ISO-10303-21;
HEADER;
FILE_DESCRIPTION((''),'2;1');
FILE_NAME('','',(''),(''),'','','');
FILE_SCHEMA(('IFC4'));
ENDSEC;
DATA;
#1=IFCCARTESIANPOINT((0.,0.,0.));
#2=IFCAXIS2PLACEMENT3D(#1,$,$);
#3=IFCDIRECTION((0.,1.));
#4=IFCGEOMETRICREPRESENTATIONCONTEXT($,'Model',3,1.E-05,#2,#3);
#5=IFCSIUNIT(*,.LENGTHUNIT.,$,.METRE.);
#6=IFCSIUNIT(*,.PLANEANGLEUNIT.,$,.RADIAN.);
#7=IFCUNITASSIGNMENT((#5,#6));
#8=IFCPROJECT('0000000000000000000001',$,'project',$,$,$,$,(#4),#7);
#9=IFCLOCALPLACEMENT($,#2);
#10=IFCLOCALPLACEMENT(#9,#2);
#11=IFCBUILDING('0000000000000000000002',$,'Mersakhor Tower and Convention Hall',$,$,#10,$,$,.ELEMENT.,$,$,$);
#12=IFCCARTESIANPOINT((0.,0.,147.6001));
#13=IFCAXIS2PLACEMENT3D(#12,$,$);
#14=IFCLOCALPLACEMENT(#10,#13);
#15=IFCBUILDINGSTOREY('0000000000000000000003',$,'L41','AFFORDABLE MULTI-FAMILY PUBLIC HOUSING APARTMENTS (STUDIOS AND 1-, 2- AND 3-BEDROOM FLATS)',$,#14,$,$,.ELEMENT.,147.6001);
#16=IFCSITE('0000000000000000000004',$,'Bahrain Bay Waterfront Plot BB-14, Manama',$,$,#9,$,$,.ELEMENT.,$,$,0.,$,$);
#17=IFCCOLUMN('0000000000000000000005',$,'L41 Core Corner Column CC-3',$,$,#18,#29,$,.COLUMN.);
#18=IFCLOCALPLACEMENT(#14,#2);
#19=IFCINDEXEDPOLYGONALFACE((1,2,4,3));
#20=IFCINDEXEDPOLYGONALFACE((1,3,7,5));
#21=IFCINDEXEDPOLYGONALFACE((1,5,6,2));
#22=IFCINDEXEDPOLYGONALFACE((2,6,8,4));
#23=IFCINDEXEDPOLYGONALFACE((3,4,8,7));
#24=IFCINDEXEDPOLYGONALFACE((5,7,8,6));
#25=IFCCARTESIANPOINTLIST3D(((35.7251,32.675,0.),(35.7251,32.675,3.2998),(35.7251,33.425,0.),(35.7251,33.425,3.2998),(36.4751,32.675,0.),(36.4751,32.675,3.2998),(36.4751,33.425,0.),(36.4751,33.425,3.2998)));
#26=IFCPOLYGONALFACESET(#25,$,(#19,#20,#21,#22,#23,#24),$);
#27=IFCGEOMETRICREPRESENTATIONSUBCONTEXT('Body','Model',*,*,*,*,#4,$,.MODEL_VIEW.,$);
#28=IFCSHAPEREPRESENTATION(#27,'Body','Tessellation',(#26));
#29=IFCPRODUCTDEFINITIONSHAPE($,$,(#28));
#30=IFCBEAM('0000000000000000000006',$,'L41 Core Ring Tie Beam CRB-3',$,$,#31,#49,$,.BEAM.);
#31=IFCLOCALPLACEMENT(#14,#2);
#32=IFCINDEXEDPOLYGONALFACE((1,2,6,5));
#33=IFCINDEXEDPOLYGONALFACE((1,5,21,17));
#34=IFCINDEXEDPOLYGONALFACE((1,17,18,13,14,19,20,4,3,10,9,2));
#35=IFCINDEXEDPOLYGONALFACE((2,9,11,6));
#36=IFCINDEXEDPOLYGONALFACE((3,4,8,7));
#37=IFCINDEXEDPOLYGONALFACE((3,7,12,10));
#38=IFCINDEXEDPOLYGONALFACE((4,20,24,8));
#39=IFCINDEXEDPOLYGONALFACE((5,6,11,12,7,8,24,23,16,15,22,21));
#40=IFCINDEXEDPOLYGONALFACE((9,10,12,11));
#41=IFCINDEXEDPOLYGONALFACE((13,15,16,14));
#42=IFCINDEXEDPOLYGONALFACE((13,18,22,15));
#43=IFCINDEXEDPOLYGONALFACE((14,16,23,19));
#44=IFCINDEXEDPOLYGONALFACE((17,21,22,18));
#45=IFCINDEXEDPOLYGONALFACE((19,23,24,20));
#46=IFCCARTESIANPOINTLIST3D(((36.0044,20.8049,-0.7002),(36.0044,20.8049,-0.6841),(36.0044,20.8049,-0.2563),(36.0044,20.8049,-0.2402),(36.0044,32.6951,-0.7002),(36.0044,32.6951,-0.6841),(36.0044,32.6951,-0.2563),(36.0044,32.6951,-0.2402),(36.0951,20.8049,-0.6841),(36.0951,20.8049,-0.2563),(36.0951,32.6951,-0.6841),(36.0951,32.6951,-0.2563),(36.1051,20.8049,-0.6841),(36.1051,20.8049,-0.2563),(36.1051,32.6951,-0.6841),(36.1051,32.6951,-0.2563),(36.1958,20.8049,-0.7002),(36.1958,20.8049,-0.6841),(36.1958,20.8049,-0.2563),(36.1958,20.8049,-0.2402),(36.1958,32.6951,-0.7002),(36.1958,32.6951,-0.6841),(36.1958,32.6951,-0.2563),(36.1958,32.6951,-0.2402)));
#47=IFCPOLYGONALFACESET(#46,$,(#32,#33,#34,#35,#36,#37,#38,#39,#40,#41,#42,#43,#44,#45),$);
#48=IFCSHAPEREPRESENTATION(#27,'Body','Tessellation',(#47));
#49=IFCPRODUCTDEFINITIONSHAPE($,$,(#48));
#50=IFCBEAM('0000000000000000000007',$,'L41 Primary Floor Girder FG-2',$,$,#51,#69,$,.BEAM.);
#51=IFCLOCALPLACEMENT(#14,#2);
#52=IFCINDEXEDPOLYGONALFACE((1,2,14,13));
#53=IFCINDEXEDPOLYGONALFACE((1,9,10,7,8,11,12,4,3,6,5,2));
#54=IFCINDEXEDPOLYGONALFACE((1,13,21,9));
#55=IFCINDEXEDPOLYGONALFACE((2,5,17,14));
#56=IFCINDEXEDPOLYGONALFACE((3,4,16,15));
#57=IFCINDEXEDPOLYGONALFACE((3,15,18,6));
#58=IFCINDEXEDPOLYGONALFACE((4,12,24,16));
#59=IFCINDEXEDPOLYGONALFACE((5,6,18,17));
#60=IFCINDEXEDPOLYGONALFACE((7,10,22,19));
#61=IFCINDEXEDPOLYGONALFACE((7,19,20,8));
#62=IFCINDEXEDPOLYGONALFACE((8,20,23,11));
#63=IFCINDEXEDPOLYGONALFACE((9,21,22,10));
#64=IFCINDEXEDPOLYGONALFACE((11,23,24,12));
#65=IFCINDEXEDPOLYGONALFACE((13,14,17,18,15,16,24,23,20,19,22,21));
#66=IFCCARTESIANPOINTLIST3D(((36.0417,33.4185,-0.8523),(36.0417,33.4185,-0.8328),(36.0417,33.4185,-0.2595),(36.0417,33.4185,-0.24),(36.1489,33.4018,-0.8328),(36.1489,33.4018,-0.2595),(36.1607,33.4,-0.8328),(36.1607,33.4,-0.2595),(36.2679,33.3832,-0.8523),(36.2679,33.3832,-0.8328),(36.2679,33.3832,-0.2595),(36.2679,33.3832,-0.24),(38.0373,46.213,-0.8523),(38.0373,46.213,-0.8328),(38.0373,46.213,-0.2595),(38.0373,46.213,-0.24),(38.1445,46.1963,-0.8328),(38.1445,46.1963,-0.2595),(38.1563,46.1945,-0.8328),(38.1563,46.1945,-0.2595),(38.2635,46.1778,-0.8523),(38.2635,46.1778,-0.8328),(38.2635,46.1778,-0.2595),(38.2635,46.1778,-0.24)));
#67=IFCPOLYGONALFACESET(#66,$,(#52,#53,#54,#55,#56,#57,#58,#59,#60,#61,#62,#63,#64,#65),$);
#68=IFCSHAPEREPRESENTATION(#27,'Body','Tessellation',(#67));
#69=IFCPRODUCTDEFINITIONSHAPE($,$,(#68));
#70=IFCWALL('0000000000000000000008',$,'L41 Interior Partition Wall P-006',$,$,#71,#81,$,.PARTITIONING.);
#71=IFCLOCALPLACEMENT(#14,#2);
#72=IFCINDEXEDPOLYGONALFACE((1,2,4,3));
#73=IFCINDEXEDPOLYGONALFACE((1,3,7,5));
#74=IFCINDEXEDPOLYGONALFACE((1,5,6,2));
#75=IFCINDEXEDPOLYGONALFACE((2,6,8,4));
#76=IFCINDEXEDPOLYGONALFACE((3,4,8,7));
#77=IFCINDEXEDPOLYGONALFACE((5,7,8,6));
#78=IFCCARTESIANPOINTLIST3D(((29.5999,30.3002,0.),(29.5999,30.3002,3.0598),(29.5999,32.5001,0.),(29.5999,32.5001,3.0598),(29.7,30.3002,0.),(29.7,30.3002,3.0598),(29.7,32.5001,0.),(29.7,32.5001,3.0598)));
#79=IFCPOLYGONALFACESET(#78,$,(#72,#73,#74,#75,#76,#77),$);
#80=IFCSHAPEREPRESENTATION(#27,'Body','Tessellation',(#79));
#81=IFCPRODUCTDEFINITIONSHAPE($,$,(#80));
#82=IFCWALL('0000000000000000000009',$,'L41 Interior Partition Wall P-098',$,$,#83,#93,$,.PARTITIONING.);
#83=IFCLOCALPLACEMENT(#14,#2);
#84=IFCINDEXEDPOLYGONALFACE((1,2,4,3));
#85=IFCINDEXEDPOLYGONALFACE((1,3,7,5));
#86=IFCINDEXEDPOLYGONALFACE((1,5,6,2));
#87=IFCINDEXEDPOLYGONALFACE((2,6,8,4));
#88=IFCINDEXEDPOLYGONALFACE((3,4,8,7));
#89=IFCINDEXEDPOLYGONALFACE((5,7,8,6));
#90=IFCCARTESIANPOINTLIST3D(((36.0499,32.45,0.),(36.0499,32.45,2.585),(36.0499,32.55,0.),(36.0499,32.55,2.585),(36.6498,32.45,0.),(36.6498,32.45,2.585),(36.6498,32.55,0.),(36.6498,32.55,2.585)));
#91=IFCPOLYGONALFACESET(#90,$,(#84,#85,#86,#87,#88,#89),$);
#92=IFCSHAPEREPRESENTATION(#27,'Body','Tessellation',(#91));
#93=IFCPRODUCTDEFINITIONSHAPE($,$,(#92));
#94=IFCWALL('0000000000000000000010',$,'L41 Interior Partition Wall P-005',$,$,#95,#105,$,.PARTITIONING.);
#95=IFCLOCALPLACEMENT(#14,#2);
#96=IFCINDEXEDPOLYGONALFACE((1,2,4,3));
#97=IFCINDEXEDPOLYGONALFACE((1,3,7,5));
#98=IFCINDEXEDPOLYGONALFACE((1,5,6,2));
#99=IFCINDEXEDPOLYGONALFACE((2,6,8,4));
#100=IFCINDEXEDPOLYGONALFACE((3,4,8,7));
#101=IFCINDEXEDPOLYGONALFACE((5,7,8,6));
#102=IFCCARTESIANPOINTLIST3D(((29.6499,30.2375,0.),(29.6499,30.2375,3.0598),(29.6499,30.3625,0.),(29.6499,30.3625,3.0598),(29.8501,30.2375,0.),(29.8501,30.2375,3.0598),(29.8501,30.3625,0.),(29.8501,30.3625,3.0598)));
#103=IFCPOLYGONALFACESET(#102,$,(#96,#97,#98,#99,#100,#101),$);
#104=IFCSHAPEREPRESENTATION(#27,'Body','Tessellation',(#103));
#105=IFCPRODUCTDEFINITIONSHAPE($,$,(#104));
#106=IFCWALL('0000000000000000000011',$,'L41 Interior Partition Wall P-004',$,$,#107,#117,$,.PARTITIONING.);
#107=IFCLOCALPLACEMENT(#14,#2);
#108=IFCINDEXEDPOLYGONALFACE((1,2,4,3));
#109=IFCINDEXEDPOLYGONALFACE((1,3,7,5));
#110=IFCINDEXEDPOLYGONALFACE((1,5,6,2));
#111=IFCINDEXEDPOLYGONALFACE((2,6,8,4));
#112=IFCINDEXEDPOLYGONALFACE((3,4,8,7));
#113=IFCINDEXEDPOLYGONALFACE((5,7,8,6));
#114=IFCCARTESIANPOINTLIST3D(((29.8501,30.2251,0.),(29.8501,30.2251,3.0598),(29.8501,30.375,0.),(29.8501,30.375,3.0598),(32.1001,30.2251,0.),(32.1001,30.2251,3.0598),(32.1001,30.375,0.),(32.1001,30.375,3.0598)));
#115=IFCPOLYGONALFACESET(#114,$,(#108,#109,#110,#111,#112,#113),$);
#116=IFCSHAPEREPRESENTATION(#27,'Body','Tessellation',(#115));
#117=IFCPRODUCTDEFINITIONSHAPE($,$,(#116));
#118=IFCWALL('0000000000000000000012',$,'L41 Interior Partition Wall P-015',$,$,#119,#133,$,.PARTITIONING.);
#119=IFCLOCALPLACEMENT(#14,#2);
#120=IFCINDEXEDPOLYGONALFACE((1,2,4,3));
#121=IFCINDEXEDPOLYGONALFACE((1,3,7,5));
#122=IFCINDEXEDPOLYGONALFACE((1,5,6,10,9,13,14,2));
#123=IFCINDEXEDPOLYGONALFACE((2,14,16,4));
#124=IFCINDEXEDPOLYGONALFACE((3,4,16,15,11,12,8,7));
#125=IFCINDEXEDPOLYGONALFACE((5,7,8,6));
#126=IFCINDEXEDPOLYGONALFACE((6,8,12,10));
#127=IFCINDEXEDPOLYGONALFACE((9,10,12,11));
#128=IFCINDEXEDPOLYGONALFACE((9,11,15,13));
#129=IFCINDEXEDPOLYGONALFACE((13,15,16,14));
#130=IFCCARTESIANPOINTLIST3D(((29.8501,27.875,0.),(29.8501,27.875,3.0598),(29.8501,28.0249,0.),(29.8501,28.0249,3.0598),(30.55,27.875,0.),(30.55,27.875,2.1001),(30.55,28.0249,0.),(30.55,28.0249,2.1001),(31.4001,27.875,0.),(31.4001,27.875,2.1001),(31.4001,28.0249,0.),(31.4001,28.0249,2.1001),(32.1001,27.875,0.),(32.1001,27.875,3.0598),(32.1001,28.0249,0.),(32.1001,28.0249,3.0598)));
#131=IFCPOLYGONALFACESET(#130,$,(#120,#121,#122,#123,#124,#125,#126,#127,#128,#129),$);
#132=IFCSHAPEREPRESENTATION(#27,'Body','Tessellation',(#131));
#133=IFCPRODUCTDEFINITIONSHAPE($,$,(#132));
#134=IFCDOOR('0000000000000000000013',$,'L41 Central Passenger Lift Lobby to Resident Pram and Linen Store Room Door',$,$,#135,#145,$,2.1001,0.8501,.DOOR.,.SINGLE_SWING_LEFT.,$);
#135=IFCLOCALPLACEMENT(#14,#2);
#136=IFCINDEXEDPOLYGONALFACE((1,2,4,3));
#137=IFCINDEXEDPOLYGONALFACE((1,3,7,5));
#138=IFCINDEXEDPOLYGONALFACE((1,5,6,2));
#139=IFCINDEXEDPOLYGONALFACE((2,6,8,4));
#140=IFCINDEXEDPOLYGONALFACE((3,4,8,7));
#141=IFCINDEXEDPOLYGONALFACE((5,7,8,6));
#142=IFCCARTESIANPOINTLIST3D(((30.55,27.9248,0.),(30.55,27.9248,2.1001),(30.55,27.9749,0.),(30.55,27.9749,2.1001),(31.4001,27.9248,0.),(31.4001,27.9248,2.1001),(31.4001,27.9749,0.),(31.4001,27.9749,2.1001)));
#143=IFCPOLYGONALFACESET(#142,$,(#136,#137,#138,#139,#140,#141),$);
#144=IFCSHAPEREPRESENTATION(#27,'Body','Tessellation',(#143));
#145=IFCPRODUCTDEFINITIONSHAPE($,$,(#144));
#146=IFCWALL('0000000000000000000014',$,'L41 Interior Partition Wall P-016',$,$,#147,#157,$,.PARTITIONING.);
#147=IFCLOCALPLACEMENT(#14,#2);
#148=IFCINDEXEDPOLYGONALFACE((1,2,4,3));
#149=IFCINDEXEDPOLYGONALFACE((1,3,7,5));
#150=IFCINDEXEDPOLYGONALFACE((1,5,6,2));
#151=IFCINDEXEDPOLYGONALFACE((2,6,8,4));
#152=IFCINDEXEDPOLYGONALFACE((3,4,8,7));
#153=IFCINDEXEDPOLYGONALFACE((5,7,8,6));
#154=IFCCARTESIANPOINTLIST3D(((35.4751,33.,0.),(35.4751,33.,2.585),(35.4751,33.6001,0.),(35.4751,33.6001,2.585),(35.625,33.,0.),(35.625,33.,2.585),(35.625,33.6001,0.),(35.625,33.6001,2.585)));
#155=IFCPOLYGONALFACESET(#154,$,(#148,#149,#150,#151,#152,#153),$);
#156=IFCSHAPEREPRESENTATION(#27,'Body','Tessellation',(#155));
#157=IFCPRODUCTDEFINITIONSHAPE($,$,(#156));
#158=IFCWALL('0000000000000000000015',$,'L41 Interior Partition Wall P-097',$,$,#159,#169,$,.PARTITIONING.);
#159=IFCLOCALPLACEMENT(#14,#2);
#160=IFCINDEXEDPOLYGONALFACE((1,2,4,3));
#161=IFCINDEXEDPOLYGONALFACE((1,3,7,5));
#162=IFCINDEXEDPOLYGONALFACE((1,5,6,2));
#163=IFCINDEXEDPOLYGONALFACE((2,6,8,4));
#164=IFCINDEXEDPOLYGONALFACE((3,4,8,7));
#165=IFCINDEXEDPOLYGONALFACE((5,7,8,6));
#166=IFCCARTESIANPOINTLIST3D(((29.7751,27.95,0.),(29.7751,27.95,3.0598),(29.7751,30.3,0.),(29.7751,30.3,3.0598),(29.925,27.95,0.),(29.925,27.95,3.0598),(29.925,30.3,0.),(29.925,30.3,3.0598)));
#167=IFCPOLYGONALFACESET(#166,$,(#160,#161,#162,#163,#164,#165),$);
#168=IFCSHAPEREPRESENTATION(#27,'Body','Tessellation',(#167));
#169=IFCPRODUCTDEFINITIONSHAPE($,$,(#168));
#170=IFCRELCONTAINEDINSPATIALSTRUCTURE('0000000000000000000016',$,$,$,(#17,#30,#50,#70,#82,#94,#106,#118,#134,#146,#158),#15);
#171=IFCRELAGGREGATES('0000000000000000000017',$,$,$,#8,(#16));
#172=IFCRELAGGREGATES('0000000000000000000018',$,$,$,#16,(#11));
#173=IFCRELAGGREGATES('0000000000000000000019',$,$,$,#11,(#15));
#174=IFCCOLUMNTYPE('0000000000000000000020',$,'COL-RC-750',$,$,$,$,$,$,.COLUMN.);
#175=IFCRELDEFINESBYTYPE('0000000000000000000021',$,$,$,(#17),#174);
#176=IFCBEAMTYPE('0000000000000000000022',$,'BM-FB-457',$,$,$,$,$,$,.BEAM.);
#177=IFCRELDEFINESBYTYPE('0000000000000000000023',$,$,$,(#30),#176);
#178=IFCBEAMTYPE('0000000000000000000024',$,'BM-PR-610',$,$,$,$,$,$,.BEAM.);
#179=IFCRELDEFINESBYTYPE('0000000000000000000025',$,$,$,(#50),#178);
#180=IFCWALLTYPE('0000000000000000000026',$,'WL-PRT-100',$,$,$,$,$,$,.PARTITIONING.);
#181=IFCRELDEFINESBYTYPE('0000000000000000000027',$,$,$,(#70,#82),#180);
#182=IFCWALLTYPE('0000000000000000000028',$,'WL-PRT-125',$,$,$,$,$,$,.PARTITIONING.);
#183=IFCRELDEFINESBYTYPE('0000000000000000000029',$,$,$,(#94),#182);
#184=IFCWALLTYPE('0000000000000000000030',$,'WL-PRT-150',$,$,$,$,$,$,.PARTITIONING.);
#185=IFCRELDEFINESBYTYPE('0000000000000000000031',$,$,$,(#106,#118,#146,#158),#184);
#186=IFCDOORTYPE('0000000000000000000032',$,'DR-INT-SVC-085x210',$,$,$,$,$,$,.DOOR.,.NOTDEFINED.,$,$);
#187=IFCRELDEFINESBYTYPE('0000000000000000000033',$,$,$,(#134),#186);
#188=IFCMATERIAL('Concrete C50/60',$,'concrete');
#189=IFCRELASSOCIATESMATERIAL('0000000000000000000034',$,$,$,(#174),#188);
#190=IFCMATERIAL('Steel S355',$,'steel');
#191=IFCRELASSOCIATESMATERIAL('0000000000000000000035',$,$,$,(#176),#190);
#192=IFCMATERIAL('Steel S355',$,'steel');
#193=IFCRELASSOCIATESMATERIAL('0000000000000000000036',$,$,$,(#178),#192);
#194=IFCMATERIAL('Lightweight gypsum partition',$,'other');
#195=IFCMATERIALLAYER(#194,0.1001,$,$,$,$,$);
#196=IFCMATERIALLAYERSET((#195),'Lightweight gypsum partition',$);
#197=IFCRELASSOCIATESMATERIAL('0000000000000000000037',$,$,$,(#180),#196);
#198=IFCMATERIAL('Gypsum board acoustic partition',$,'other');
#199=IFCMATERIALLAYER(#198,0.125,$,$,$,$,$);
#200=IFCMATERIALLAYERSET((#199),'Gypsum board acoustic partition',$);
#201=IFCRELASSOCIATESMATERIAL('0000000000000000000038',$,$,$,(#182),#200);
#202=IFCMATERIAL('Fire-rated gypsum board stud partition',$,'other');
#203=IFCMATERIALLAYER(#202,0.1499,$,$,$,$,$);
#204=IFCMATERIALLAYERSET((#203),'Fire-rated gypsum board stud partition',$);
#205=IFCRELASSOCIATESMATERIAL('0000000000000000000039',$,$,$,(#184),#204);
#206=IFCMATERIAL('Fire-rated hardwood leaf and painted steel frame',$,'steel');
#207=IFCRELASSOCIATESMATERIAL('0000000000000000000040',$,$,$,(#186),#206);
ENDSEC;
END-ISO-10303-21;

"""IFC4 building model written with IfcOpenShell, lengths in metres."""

from ifc_helpers import new_model, si_unit, direction, frame, frame_2d, origin, origin_2d, place, context, subcontext, project, spatial, rectangle, i_section, extrude, material, layer, layer_set, material_profile, profile_set, type_object, element, fill, save


model = new_model("IFC4")

# Units and contexts
model_context = context("Model", 3, precision=1e-05, world=origin(), true_north=direction((0.0, 1.0)))
body_context = subcontext(model_context, "Body", "Model", "MODEL_VIEW")
ifc_project = project(units=[si_unit("LENGTHUNIT", "METRE"), si_unit("PLANEANGLEUNIT", "RADIAN")], contexts=[model_context])

# Site, building, storey
site_placement = place(None, origin())
site = spatial("IfcSite", under=ifc_project, at=site_placement, Name="Bahrain Bay Waterfront Plot BB-14, Manama", CompositionType="ELEMENT", RefElevation=0.0)
building_placement = place(site_placement, origin())
building = spatial("IfcBuilding", under=site, at=building_placement, Name="Mersakhor Tower and Convention Hall", CompositionType="ELEMENT")
storey_placement = place(building_placement, frame((0.0, 0.0, 147.6001)))
storey = spatial("IfcBuildingStorey", under=building, at=storey_placement, Name="L41", Description="AFFORDABLE MULTI-FAMILY PUBLIC HOUSING APARTMENTS (STUDIOS AND 1-, 2- AND 3-BEDROOM FLATS)", CompositionType="ELEMENT", Elevation=147.6001)

# Column
ifc_material_1 = material(Name="Concrete C50/60", Category="concrete")
ifc_material_profile_1 = material_profile(ifc_material_1, rectangle(XDim=0.75, YDim=0.75, at=origin_2d()), Name="RC 750x750")
ifc_profile_set_1 = profile_set([ifc_material_profile_1], Name="Concrete C50/60")
column_type = type_object("IfcColumnType", Name="COL-RC-750", PredefinedType="COLUMN", material=ifc_profile_set_1)
column_placement = place(storey_placement, frame((36.1001, 33.05, 0.0), z_axis=(0.0, 0.0, 1.0), x_axis=(1.0, 0.0, 0.0)))
element("IfcColumn", 1, at=column_placement, inside=storey, type_object=column_type, Name="L41 Core Corner Column CC-3", PredefinedType="COLUMN", context=body_context, shape_type="SweptSolid", body=[
    extrude(rectangle(XDim=0.75, YDim=0.75, at=origin_2d()), origin(), (0.0, 0.0, 1.0), 3.2998),
])

# Beams
ifc_material_2 = material(Name="Steel S355", Category="steel")
ifc_material_profile_2 = material_profile(ifc_material_2, i_section(OverallWidth=0.1914, OverallDepth=0.46, WebThickness=0.01, FlangeThickness=0.0161, at=origin_2d()), Name="UB 457x191x82")
ifc_profile_set_2 = profile_set([ifc_material_profile_2], Name="Steel S355")
beam_type_1 = type_object("IfcBeamType", Name="BM-FB-457", PredefinedType="BEAM", material=ifc_profile_set_2)
beam_1_placement = place(storey_placement, frame((36.1001, 32.6951, -0.4702), z_axis=(0.0, -1.0, 0.0), x_axis=(1.0, 0.0, 0.0)))
element("IfcBeam", 2, at=beam_1_placement, inside=storey, type_object=beam_type_1, Name="L41 Core Ring Tie Beam CRB-3", PredefinedType="BEAM", context=body_context, shape_type="SweptSolid", body=[
    extrude(i_section(OverallWidth=0.1914, OverallDepth=0.46, WebThickness=0.01, FlangeThickness=0.0161, at=origin_2d()), origin(), (0.0, 0.0, 1.0), 11.8901),
])
ifc_material_3 = material(Name="Steel S355", Category="steel")
ifc_material_profile_3 = material_profile(ifc_material_3, i_section(OverallWidth=0.229, OverallDepth=0.6123, WebThickness=0.012, FlangeThickness=0.0195, at=origin_2d()), Name="UB 610x229x125")
ifc_profile_set_3 = profile_set([ifc_material_profile_3], Name="Steel S355")
beam_type_2 = type_object("IfcBeamType", Name="BM-PR-610", PredefinedType="BEAM", material=ifc_profile_set_3)
beam_2_placement = place(storey_placement, frame((36.1548, 33.4009, -0.5461), z_axis=(0.154111, 0.988054, 0.0), x_axis=(-0.988054, 0.154111, 0.0)))
element("IfcBeam", 3, at=beam_2_placement, inside=storey, type_object=beam_type_2, Name="L41 Primary Floor Girder FG-2", PredefinedType="BEAM", context=body_context, shape_type="SweptSolid", body=[
    extrude(i_section(OverallWidth=0.229, OverallDepth=0.6123, WebThickness=0.012, FlangeThickness=0.0195, at=origin_2d()), origin(), (0.0, 0.0, 1.0), 12.9492),
])

# Walls
ifc_material_4 = material(Name="Lightweight gypsum partition", Category="other")
ifc_layer_1 = layer(ifc_material_4, 0.1001)
ifc_layer_set_1 = layer_set([ifc_layer_1], Name="Lightweight gypsum partition")
wall_type_1 = type_object("IfcWallType", Name="WL-PRT-100", PredefinedType="PARTITIONING", material=ifc_layer_set_1)
wall_1_placement = place(storey_placement, frame((29.6499, 30.3, 0.0), z_axis=(0.0, 0.0, 1.0), x_axis=(0.0, 1.0, 0.0)))
element("IfcWall", 4, at=wall_1_placement, inside=storey, type_object=wall_type_1, Name="L41 Interior Partition Wall P-006", PredefinedType="PARTITIONING", context=body_context, shape_type="SweptSolid", body=[
    extrude(rectangle(XDim=2.2, YDim=0.1001, at=frame_2d((1.1001, 0.0))), origin(), (0.0, 0.0, 1.0), 3.0598),
])
wall_2_placement = place(storey_placement, frame((36.05, 32.5, 0.0), z_axis=(0.0, 0.0, 1.0), x_axis=(1.0, 0.0, 0.0)))
element("IfcWall", 5, at=wall_2_placement, inside=storey, type_object=wall_type_1, Name="L41 Interior Partition Wall P-098", PredefinedType="PARTITIONING", context=body_context, shape_type="SweptSolid", body=[
    extrude(rectangle(XDim=0.5999, YDim=0.1001, at=frame_2d((0.2998, 0.0))), origin(), (0.0, 0.0, 1.0), 2.585),
])
ifc_material_5 = material(Name="Gypsum board acoustic partition", Category="other")
ifc_layer_2 = layer(ifc_material_5, 0.125)
ifc_layer_set_2 = layer_set([ifc_layer_2], Name="Gypsum board acoustic partition")
wall_type_2 = type_object("IfcWallType", Name="WL-PRT-125", PredefinedType="PARTITIONING", material=ifc_layer_set_2)
wall_3_placement = place(storey_placement, frame((29.8501, 30.3, 0.0), z_axis=(0.0, 0.0, 1.0), x_axis=(-1.0, 0.0, 0.0)))
element("IfcWall", 6, at=wall_3_placement, inside=storey, type_object=wall_type_2, Name="L41 Interior Partition Wall P-005", PredefinedType="PARTITIONING", context=body_context, shape_type="SweptSolid", body=[
    extrude(rectangle(XDim=0.2002, YDim=0.125, at=frame_2d((0.1001, 0.0))), origin(), (0.0, 0.0, 1.0), 3.0598),
])
ifc_material_6 = material(Name="Fire-rated gypsum board stud partition", Category="other")
ifc_layer_3 = layer(ifc_material_6, 0.1499)
ifc_layer_set_3 = layer_set([ifc_layer_3], Name="Fire-rated gypsum board stud partition")
wall_type_3 = type_object("IfcWallType", Name="WL-PRT-150", PredefinedType="PARTITIONING", material=ifc_layer_set_3)
wall_4_placement = place(storey_placement, frame((32.1001, 30.3, 0.0), z_axis=(0.0, 0.0, 1.0), x_axis=(-1.0, 0.0, 0.0)))
element("IfcWall", 7, at=wall_4_placement, inside=storey, type_object=wall_type_3, Name="L41 Interior Partition Wall P-004", PredefinedType="PARTITIONING", context=body_context, shape_type="SweptSolid", body=[
    extrude(rectangle(XDim=2.25, YDim=0.1499, at=frame_2d((1.125, 0.0))), origin(), (0.0, 0.0, 1.0), 3.0598),
])

# Wall, opening, door
wall_5_placement = place(storey_placement, frame((29.8501, 27.95, 0.0), z_axis=(0.0, 0.0, 1.0), x_axis=(1.0, 0.0, 0.0)))
wall_5 = element("IfcWall", 8, at=wall_5_placement, inside=storey, type_object=wall_type_3, Name="L41 Interior Partition Wall P-015", PredefinedType="PARTITIONING", context=body_context, shape_type="SweptSolid", body=[
    extrude(rectangle(XDim=2.25, YDim=0.1499, at=frame_2d((1.125, 0.0))), origin(), (0.0, 0.0, 1.0), 3.0598),
])
opening_1_placement = place(wall_5_placement, frame((0.7, 0.0, 0.0)))
opening_1 = element("IfcOpeningElement", 9, at=opening_1_placement, cuts=wall_5, PredefinedType="OPENING", context=body_context, shape_type="SweptSolid", body=[
    extrude(rectangle(XDim=0.8501, YDim=2.1001, at=frame_2d((0.425, 1.05))), frame((0.0, 0.085, 0.0), z_axis=(0.0, -1.0, 0.0), x_axis=(1.0, 0.0, 0.0)), (0.0, 0.0, 1.0), 0.1699),
])
ifc_material_7 = material(Name="Fire-rated hardwood leaf and painted steel frame", Category="steel")
door_type_1 = type_object("IfcDoorType", Name="DR-INT-SVC-085x210", OperationType="NOTDEFINED", PredefinedType="DOOR", material=ifc_material_7)
door_1_placement = place(opening_1_placement, origin())
door_1 = element("IfcDoor", 10, at=door_1_placement, inside=storey, type_object=door_type_1, Name="L41 Central Passenger Lift Lobby to Resident Pram and Linen Store Room Door", OperationType="SINGLE_SWING_LEFT", OverallHeight=2.1001, OverallWidth=0.8501, PredefinedType="DOOR", context=body_context, shape_type="SweptSolid", body=[
    extrude(rectangle(XDim=0.8501, YDim=2.1001, at=frame_2d((0.425, 1.05))), frame((0.0, 0.0249, 0.0), z_axis=(0.0, -1.0, 0.0), x_axis=(1.0, 0.0, 0.0)), (0.0, 0.0, 1.0), 0.05),
])
fill(opening_1, door_1)

# Walls
wall_6_placement = place(storey_placement, frame((35.55, 33.6001, 0.0), z_axis=(0.0, 0.0, 1.0), x_axis=(0.0, -1.0, 0.0)))
element("IfcWall", 11, at=wall_6_placement, inside=storey, type_object=wall_type_3, Name="L41 Interior Partition Wall P-016", PredefinedType="PARTITIONING", context=body_context, shape_type="SweptSolid", body=[
    extrude(rectangle(XDim=0.6001, YDim=0.1499, at=frame_2d((0.3, 0.0))), origin(), (0.0, 0.0, 1.0), 2.585),
])
wall_7_placement = place(storey_placement, frame((29.8501, 30.3, 0.0), z_axis=(0.0, 0.0, 1.0), x_axis=(0.0, -1.0, 0.0)))
element("IfcWall", 12, at=wall_7_placement, inside=storey, type_object=wall_type_3, Name="L41 Interior Partition Wall P-097", PredefinedType="PARTITIONING", context=body_context, shape_type="SweptSolid", body=[
    extrude(rectangle(XDim=2.3501, YDim=0.1499, at=frame_2d((1.175, 0.0))), origin(), (0.0, 0.0, 1.0), 3.0598),
])

save(model, "model.ifc")
